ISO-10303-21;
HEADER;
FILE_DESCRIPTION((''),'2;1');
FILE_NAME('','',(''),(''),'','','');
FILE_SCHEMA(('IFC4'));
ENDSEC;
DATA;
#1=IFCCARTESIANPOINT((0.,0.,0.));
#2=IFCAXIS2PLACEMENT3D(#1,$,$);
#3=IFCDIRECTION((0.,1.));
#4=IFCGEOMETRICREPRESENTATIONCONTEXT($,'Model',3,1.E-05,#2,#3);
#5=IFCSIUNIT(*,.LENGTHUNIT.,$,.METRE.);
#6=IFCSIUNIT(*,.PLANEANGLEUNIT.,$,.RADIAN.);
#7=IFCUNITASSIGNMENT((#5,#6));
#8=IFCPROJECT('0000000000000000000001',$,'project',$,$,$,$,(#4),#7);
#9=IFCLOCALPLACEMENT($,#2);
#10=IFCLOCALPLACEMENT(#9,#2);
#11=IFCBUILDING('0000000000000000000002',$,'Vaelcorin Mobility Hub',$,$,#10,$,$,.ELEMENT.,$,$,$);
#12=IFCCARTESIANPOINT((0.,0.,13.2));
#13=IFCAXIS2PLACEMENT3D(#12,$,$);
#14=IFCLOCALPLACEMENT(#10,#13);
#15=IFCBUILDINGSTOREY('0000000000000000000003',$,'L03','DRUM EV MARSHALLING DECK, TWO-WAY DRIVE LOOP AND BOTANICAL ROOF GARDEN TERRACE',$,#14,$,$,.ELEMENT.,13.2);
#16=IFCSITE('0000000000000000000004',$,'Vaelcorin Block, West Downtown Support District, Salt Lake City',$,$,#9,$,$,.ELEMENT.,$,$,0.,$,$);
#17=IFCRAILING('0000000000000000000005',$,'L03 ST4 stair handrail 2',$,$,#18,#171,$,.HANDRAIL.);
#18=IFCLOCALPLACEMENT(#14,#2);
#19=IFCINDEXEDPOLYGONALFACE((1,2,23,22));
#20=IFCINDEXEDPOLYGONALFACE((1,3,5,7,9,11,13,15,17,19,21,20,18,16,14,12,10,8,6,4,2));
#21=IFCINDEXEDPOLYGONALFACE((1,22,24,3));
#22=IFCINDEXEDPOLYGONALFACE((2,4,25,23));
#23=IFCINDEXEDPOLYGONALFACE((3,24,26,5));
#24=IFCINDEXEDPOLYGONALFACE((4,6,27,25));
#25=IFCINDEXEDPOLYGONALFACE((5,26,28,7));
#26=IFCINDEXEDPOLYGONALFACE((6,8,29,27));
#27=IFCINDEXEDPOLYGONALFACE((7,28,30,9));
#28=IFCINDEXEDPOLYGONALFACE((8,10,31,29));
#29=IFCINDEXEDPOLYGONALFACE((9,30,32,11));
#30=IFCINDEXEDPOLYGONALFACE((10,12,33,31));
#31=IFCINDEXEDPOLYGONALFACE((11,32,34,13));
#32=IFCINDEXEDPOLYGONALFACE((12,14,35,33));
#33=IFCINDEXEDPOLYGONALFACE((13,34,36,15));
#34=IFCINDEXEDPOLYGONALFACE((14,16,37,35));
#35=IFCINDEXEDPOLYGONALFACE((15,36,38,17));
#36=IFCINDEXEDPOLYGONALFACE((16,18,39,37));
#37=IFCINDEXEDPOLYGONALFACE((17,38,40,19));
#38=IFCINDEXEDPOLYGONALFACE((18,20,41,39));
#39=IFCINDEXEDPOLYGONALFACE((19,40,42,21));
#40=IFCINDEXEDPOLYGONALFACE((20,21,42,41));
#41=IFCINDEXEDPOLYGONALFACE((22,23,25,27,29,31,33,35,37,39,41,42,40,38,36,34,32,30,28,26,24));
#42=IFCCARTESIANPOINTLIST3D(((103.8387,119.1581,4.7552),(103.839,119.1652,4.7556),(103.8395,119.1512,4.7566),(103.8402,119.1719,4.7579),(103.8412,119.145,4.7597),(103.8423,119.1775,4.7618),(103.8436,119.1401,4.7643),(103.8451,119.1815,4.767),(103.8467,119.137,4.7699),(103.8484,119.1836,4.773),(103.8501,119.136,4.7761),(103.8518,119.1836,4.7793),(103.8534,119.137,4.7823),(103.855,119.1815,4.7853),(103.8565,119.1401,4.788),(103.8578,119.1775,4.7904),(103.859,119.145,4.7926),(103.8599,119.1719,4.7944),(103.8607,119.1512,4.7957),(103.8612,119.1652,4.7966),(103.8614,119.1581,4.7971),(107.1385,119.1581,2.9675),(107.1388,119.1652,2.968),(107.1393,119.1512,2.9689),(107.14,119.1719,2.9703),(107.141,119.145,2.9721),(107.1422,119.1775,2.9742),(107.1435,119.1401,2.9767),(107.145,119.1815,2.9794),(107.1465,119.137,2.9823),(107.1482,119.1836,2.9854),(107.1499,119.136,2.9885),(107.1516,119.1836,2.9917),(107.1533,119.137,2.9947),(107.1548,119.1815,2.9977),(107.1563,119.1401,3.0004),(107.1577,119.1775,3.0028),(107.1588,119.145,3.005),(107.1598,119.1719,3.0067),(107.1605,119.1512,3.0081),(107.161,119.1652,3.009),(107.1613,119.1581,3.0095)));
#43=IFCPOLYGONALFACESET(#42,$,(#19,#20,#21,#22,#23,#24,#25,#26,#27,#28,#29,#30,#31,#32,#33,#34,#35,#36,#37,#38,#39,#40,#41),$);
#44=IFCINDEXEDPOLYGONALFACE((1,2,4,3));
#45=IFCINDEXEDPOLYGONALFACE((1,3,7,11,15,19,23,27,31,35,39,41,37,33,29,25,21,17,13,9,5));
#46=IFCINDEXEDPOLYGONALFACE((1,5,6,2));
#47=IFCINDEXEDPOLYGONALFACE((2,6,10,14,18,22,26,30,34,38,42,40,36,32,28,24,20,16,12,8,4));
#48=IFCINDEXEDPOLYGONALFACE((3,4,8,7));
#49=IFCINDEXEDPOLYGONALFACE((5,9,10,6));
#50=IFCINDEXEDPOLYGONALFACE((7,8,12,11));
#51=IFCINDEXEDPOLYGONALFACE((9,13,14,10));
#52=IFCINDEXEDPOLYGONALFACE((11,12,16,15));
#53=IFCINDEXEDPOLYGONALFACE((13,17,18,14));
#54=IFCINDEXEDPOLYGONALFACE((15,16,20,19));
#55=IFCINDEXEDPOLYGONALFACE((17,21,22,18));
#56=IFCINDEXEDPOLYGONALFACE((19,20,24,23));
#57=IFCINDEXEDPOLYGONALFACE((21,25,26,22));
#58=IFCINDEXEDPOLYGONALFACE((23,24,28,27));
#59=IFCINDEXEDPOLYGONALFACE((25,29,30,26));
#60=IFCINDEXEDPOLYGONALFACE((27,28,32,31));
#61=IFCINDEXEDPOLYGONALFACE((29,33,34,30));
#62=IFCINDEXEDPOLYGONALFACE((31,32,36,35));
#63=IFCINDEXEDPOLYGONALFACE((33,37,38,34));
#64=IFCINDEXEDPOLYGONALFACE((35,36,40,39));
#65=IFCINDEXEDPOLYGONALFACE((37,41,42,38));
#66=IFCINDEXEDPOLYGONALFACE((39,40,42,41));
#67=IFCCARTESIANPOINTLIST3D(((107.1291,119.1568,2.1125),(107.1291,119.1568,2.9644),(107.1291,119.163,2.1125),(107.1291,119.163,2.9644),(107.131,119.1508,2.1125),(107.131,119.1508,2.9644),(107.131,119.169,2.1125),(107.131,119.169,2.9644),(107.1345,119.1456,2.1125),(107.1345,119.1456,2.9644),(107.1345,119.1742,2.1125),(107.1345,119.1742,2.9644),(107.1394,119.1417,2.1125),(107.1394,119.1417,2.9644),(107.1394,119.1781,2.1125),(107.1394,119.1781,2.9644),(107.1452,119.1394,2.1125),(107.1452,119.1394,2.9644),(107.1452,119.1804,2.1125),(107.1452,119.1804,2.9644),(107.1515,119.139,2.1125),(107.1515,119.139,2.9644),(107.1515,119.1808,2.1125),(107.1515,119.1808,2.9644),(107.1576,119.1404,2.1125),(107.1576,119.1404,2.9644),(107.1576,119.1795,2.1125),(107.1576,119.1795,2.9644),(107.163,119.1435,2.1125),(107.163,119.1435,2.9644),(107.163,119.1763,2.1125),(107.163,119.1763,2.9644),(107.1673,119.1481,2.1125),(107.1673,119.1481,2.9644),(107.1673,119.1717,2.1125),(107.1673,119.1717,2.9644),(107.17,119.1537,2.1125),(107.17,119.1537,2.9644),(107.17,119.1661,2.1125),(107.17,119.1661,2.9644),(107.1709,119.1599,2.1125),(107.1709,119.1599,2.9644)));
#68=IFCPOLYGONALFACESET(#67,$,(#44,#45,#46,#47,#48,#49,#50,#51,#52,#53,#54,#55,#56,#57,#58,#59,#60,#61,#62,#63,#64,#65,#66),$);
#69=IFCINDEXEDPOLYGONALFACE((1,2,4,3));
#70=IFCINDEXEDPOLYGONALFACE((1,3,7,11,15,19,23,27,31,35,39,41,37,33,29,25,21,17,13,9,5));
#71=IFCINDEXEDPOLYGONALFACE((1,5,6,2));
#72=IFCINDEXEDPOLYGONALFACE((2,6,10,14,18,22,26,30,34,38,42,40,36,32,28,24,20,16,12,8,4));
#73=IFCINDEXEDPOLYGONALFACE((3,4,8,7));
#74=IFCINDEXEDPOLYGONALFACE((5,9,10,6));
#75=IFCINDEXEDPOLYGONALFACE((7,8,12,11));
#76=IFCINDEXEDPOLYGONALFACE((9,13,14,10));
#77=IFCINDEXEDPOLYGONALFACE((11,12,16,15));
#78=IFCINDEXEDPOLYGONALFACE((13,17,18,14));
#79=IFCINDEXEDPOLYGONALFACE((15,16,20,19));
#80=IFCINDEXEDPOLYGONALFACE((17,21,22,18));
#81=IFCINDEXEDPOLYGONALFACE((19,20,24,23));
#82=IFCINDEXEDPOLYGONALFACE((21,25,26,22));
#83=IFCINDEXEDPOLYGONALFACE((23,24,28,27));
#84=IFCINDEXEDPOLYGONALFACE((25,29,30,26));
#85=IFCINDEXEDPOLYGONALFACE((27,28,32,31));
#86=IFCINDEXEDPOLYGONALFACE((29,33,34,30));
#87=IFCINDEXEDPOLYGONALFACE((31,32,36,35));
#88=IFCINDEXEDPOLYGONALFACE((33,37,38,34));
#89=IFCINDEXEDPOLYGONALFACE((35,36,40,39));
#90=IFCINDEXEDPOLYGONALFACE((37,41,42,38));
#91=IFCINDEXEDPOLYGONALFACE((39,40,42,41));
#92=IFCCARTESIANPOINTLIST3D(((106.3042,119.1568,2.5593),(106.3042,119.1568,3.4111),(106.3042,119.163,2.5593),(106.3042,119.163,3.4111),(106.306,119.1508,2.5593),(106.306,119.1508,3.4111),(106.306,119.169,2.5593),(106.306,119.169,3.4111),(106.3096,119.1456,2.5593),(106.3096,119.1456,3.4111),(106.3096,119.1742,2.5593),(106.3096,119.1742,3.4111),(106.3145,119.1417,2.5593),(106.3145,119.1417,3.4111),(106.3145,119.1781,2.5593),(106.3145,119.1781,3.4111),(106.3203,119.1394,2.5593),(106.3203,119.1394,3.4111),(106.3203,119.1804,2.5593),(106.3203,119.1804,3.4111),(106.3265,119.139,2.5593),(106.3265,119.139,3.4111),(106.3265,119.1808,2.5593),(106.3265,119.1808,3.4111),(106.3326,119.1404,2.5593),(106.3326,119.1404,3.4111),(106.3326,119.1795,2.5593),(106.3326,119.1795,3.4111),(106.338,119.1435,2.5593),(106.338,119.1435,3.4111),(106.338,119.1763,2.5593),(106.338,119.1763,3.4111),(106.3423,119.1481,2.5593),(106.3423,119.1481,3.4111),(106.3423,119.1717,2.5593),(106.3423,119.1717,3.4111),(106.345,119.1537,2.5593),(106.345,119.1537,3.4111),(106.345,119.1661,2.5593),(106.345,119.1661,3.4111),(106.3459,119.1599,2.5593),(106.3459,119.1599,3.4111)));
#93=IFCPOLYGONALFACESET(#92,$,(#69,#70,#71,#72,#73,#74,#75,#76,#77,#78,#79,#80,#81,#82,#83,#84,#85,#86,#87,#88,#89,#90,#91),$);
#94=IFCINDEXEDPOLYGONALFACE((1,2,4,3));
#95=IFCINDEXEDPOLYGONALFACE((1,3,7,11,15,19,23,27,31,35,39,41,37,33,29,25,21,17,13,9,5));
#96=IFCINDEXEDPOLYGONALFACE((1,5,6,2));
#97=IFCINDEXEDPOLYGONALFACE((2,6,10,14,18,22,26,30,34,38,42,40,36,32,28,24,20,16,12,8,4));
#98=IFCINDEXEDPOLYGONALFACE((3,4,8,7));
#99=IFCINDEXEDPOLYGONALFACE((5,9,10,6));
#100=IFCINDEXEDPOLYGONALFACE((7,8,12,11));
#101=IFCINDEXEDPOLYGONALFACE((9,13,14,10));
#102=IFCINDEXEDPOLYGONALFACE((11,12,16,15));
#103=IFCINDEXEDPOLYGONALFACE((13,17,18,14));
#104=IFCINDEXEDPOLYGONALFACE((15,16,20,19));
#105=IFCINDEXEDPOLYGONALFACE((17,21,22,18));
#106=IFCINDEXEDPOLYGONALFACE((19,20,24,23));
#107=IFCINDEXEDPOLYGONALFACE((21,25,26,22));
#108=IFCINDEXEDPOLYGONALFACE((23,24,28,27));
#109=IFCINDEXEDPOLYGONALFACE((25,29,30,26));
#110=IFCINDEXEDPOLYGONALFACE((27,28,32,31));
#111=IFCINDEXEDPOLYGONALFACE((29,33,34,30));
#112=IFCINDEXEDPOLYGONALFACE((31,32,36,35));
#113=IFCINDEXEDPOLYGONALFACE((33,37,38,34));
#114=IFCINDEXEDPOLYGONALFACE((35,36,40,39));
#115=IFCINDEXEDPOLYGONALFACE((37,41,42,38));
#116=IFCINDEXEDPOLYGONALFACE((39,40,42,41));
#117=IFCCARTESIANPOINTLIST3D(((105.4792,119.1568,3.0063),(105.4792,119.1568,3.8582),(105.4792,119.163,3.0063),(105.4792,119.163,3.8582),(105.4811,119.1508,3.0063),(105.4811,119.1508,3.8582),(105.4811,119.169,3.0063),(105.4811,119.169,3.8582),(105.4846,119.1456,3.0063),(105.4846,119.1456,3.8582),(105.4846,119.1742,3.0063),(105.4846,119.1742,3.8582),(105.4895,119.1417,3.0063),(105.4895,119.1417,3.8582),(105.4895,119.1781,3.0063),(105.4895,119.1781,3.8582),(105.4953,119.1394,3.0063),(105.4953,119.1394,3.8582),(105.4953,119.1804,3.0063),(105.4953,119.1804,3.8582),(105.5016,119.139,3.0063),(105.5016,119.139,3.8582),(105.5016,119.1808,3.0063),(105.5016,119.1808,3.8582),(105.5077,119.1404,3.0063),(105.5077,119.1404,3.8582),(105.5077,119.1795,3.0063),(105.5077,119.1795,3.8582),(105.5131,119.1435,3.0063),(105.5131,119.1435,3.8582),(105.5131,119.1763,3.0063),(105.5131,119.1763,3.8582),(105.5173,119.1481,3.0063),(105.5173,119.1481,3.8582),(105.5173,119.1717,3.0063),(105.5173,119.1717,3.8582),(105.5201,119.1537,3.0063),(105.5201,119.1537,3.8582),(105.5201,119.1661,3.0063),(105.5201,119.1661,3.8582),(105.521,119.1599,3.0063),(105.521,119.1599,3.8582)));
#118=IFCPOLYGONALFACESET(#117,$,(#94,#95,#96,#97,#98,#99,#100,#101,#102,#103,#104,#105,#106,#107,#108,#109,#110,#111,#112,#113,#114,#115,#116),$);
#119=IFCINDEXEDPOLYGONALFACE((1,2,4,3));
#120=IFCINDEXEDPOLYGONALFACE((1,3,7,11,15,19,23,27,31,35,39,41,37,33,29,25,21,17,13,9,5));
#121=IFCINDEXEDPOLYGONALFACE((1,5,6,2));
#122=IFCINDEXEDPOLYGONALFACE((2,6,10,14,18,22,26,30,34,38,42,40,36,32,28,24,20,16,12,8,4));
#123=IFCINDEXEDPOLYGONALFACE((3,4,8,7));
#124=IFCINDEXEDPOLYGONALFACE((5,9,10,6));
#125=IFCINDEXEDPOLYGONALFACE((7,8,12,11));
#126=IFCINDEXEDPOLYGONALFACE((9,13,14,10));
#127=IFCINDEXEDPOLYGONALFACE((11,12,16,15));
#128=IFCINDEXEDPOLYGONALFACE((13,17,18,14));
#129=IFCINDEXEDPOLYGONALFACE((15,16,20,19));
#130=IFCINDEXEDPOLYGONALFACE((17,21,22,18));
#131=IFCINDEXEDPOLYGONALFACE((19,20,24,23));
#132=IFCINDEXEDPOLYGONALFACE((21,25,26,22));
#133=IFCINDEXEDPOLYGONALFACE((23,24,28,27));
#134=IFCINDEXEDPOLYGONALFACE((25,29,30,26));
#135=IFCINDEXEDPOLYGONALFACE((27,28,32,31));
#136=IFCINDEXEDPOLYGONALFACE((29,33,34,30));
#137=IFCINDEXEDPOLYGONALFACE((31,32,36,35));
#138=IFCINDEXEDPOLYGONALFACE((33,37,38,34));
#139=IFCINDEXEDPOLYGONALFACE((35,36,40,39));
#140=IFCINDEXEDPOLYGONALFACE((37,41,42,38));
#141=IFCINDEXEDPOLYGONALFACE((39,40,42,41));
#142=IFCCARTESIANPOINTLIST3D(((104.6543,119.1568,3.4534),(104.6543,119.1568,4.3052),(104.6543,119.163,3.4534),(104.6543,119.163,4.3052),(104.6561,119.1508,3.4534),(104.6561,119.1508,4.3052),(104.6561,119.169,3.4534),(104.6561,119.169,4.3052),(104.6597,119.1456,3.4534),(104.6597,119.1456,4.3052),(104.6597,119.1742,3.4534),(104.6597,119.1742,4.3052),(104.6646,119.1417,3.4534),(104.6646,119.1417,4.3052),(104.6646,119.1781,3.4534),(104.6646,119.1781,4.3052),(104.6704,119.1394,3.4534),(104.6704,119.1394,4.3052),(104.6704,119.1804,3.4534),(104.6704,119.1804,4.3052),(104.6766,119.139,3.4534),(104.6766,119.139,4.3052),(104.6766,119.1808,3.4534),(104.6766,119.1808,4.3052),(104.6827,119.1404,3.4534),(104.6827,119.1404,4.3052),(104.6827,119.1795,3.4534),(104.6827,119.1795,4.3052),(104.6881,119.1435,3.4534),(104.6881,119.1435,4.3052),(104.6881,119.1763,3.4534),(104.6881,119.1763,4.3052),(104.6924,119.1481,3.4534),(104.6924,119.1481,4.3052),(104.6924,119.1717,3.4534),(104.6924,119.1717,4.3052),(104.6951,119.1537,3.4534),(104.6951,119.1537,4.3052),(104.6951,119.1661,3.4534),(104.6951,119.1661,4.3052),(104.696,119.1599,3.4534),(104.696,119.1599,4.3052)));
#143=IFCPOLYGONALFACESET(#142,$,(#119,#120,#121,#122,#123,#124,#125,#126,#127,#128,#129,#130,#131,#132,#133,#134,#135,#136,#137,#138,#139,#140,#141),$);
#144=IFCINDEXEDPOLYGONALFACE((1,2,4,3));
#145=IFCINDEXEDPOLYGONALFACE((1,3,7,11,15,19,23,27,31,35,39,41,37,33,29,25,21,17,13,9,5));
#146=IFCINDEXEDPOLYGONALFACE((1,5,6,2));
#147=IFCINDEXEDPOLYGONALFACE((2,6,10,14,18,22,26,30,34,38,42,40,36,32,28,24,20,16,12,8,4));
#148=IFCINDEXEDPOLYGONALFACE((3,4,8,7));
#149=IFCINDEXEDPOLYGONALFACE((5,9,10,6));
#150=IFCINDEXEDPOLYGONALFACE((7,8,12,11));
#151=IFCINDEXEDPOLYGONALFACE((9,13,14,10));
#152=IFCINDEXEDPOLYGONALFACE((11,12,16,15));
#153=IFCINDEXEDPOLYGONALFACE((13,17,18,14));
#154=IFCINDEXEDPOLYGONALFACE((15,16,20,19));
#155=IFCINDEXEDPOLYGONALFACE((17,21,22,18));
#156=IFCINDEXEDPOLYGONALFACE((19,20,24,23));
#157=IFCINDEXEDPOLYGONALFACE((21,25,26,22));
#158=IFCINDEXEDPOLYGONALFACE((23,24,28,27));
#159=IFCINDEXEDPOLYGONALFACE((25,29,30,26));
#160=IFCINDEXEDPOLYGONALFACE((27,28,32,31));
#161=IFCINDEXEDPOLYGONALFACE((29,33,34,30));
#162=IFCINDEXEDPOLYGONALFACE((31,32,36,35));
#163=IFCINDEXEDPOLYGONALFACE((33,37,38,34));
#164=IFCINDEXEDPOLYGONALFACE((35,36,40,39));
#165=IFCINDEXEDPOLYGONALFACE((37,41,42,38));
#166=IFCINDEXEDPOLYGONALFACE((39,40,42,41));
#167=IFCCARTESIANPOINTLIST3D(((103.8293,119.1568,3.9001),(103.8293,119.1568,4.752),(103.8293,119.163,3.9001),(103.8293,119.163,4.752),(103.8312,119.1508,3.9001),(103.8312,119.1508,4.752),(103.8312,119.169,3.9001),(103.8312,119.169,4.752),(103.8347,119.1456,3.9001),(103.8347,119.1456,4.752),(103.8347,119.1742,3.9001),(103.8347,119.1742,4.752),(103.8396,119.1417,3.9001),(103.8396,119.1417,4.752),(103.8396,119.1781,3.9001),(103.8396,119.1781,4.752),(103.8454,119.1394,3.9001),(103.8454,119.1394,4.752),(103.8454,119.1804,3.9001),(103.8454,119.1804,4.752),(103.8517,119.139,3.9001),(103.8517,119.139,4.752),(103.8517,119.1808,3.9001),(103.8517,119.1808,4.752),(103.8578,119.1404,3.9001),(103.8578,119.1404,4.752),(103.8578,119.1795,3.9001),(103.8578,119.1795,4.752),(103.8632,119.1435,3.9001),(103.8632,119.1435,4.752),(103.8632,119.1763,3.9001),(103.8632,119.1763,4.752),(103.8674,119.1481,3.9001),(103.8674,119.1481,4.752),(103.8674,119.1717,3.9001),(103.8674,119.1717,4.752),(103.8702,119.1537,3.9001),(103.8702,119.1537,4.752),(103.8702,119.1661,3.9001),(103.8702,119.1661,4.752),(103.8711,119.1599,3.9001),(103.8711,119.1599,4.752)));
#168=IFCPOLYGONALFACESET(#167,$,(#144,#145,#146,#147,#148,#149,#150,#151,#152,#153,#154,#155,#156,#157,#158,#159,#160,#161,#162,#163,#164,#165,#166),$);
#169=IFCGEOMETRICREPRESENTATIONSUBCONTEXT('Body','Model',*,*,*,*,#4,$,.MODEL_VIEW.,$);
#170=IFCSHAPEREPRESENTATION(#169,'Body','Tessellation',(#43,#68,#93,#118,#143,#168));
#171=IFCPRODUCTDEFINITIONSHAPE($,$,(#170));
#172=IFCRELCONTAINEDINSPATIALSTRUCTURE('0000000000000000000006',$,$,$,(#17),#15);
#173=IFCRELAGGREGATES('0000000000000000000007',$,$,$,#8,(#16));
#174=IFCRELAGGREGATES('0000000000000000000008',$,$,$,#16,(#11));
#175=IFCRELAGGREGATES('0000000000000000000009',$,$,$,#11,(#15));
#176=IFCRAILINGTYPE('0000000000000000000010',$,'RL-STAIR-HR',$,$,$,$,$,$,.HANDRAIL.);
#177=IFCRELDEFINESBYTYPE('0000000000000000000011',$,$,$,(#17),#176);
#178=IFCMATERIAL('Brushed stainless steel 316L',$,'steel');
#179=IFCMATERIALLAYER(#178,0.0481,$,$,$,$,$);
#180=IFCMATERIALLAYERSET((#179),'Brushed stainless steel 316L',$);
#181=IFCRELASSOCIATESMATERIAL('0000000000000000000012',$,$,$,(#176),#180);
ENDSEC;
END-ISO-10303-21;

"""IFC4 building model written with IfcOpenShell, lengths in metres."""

from ifc_helpers import new_model, si_unit, direction, frame, origin, origin_2d, place, context, subcontext, project, spatial, circle, extrude, material, layer, layer_set, type_object, element, save


model = new_model("IFC4")

# Units and contexts
model_context = context("Model", 3, precision=1e-05, world=origin(), true_north=direction((0.0, 1.0)))
body_context = subcontext(model_context, "Body", "Model", "MODEL_VIEW")
ifc_project = project(units=[si_unit("LENGTHUNIT", "METRE"), si_unit("PLANEANGLEUNIT", "RADIAN")], contexts=[model_context])

# Site, building, storey
site_placement = place(None, origin())
site = spatial("IfcSite", under=ifc_project, at=site_placement, Name="Vaelcorin Block, West Downtown Support District, Salt Lake City", CompositionType="ELEMENT", RefElevation=0.0)
building_placement = place(site_placement, origin())
building = spatial("IfcBuilding", under=site, at=building_placement, Name="Vaelcorin Mobility Hub", CompositionType="ELEMENT")
storey_placement = place(building_placement, frame((0.0, 0.0, 13.2)))
storey = spatial("IfcBuildingStorey", under=building, at=storey_placement, Name="L03", Description="DRUM EV MARSHALLING DECK, TWO-WAY DRIVE LOOP AND BOTANICAL ROOF GARDEN TERRACE", CompositionType="ELEMENT", Elevation=13.2)

# Railing
ifc_material_1 = material(Name="Brushed stainless steel 316L", Category="steel")
ifc_layer_1 = layer(ifc_material_1, 0.0481)
ifc_layer_set_1 = layer_set([ifc_layer_1], Name="Brushed stainless steel 316L")
railing_type_1 = type_object("IfcRailingType", Name="RL-STAIR-HR", PredefinedType="HANDRAIL", material=ifc_layer_set_1)
railing_1_placement = place(storey_placement, frame((107.1499, 119.1599, 2.1125)))
element("IfcRailing", 1, at=railing_1_placement, inside=storey, type_object=railing_type_1, Name="L03 ST4 stair handrail 2", PredefinedType="HANDRAIL", context=body_context, shape_type="SweptSolid", body=[
    extrude(circle(Radius=0.0239, at=origin_2d()), frame((0.0, 0.0, 0.876), z_axis=(-0.879269, 0.0, 0.476325), x_axis=(0.0, -1.0, 0.0)), (0.0, 0.0, 1.0), 3.7529),
    extrude(circle(Radius=0.021, at=origin_2d()), origin(), (0.0, 0.0, 1.0), 0.8518),
    extrude(circle(Radius=0.021, at=origin_2d()), frame((-0.825, 0.0, 0.4468)), (0.0, 0.0, 1.0), 0.8518),
    extrude(circle(Radius=0.021, at=origin_2d()), frame((-1.6499, 0.0, 0.8938)), (0.0, 0.0, 1.0), 0.8518),
    extrude(circle(Radius=0.021, at=origin_2d()), frame((-2.4749, 0.0, 1.3408)), (0.0, 0.0, 1.0), 0.8518),
    extrude(circle(Radius=0.021, at=origin_2d()), frame((-3.2998, 0.0, 1.7876)), (0.0, 0.0, 1.0), 0.8518),
])

save(model, "model.ifc")
